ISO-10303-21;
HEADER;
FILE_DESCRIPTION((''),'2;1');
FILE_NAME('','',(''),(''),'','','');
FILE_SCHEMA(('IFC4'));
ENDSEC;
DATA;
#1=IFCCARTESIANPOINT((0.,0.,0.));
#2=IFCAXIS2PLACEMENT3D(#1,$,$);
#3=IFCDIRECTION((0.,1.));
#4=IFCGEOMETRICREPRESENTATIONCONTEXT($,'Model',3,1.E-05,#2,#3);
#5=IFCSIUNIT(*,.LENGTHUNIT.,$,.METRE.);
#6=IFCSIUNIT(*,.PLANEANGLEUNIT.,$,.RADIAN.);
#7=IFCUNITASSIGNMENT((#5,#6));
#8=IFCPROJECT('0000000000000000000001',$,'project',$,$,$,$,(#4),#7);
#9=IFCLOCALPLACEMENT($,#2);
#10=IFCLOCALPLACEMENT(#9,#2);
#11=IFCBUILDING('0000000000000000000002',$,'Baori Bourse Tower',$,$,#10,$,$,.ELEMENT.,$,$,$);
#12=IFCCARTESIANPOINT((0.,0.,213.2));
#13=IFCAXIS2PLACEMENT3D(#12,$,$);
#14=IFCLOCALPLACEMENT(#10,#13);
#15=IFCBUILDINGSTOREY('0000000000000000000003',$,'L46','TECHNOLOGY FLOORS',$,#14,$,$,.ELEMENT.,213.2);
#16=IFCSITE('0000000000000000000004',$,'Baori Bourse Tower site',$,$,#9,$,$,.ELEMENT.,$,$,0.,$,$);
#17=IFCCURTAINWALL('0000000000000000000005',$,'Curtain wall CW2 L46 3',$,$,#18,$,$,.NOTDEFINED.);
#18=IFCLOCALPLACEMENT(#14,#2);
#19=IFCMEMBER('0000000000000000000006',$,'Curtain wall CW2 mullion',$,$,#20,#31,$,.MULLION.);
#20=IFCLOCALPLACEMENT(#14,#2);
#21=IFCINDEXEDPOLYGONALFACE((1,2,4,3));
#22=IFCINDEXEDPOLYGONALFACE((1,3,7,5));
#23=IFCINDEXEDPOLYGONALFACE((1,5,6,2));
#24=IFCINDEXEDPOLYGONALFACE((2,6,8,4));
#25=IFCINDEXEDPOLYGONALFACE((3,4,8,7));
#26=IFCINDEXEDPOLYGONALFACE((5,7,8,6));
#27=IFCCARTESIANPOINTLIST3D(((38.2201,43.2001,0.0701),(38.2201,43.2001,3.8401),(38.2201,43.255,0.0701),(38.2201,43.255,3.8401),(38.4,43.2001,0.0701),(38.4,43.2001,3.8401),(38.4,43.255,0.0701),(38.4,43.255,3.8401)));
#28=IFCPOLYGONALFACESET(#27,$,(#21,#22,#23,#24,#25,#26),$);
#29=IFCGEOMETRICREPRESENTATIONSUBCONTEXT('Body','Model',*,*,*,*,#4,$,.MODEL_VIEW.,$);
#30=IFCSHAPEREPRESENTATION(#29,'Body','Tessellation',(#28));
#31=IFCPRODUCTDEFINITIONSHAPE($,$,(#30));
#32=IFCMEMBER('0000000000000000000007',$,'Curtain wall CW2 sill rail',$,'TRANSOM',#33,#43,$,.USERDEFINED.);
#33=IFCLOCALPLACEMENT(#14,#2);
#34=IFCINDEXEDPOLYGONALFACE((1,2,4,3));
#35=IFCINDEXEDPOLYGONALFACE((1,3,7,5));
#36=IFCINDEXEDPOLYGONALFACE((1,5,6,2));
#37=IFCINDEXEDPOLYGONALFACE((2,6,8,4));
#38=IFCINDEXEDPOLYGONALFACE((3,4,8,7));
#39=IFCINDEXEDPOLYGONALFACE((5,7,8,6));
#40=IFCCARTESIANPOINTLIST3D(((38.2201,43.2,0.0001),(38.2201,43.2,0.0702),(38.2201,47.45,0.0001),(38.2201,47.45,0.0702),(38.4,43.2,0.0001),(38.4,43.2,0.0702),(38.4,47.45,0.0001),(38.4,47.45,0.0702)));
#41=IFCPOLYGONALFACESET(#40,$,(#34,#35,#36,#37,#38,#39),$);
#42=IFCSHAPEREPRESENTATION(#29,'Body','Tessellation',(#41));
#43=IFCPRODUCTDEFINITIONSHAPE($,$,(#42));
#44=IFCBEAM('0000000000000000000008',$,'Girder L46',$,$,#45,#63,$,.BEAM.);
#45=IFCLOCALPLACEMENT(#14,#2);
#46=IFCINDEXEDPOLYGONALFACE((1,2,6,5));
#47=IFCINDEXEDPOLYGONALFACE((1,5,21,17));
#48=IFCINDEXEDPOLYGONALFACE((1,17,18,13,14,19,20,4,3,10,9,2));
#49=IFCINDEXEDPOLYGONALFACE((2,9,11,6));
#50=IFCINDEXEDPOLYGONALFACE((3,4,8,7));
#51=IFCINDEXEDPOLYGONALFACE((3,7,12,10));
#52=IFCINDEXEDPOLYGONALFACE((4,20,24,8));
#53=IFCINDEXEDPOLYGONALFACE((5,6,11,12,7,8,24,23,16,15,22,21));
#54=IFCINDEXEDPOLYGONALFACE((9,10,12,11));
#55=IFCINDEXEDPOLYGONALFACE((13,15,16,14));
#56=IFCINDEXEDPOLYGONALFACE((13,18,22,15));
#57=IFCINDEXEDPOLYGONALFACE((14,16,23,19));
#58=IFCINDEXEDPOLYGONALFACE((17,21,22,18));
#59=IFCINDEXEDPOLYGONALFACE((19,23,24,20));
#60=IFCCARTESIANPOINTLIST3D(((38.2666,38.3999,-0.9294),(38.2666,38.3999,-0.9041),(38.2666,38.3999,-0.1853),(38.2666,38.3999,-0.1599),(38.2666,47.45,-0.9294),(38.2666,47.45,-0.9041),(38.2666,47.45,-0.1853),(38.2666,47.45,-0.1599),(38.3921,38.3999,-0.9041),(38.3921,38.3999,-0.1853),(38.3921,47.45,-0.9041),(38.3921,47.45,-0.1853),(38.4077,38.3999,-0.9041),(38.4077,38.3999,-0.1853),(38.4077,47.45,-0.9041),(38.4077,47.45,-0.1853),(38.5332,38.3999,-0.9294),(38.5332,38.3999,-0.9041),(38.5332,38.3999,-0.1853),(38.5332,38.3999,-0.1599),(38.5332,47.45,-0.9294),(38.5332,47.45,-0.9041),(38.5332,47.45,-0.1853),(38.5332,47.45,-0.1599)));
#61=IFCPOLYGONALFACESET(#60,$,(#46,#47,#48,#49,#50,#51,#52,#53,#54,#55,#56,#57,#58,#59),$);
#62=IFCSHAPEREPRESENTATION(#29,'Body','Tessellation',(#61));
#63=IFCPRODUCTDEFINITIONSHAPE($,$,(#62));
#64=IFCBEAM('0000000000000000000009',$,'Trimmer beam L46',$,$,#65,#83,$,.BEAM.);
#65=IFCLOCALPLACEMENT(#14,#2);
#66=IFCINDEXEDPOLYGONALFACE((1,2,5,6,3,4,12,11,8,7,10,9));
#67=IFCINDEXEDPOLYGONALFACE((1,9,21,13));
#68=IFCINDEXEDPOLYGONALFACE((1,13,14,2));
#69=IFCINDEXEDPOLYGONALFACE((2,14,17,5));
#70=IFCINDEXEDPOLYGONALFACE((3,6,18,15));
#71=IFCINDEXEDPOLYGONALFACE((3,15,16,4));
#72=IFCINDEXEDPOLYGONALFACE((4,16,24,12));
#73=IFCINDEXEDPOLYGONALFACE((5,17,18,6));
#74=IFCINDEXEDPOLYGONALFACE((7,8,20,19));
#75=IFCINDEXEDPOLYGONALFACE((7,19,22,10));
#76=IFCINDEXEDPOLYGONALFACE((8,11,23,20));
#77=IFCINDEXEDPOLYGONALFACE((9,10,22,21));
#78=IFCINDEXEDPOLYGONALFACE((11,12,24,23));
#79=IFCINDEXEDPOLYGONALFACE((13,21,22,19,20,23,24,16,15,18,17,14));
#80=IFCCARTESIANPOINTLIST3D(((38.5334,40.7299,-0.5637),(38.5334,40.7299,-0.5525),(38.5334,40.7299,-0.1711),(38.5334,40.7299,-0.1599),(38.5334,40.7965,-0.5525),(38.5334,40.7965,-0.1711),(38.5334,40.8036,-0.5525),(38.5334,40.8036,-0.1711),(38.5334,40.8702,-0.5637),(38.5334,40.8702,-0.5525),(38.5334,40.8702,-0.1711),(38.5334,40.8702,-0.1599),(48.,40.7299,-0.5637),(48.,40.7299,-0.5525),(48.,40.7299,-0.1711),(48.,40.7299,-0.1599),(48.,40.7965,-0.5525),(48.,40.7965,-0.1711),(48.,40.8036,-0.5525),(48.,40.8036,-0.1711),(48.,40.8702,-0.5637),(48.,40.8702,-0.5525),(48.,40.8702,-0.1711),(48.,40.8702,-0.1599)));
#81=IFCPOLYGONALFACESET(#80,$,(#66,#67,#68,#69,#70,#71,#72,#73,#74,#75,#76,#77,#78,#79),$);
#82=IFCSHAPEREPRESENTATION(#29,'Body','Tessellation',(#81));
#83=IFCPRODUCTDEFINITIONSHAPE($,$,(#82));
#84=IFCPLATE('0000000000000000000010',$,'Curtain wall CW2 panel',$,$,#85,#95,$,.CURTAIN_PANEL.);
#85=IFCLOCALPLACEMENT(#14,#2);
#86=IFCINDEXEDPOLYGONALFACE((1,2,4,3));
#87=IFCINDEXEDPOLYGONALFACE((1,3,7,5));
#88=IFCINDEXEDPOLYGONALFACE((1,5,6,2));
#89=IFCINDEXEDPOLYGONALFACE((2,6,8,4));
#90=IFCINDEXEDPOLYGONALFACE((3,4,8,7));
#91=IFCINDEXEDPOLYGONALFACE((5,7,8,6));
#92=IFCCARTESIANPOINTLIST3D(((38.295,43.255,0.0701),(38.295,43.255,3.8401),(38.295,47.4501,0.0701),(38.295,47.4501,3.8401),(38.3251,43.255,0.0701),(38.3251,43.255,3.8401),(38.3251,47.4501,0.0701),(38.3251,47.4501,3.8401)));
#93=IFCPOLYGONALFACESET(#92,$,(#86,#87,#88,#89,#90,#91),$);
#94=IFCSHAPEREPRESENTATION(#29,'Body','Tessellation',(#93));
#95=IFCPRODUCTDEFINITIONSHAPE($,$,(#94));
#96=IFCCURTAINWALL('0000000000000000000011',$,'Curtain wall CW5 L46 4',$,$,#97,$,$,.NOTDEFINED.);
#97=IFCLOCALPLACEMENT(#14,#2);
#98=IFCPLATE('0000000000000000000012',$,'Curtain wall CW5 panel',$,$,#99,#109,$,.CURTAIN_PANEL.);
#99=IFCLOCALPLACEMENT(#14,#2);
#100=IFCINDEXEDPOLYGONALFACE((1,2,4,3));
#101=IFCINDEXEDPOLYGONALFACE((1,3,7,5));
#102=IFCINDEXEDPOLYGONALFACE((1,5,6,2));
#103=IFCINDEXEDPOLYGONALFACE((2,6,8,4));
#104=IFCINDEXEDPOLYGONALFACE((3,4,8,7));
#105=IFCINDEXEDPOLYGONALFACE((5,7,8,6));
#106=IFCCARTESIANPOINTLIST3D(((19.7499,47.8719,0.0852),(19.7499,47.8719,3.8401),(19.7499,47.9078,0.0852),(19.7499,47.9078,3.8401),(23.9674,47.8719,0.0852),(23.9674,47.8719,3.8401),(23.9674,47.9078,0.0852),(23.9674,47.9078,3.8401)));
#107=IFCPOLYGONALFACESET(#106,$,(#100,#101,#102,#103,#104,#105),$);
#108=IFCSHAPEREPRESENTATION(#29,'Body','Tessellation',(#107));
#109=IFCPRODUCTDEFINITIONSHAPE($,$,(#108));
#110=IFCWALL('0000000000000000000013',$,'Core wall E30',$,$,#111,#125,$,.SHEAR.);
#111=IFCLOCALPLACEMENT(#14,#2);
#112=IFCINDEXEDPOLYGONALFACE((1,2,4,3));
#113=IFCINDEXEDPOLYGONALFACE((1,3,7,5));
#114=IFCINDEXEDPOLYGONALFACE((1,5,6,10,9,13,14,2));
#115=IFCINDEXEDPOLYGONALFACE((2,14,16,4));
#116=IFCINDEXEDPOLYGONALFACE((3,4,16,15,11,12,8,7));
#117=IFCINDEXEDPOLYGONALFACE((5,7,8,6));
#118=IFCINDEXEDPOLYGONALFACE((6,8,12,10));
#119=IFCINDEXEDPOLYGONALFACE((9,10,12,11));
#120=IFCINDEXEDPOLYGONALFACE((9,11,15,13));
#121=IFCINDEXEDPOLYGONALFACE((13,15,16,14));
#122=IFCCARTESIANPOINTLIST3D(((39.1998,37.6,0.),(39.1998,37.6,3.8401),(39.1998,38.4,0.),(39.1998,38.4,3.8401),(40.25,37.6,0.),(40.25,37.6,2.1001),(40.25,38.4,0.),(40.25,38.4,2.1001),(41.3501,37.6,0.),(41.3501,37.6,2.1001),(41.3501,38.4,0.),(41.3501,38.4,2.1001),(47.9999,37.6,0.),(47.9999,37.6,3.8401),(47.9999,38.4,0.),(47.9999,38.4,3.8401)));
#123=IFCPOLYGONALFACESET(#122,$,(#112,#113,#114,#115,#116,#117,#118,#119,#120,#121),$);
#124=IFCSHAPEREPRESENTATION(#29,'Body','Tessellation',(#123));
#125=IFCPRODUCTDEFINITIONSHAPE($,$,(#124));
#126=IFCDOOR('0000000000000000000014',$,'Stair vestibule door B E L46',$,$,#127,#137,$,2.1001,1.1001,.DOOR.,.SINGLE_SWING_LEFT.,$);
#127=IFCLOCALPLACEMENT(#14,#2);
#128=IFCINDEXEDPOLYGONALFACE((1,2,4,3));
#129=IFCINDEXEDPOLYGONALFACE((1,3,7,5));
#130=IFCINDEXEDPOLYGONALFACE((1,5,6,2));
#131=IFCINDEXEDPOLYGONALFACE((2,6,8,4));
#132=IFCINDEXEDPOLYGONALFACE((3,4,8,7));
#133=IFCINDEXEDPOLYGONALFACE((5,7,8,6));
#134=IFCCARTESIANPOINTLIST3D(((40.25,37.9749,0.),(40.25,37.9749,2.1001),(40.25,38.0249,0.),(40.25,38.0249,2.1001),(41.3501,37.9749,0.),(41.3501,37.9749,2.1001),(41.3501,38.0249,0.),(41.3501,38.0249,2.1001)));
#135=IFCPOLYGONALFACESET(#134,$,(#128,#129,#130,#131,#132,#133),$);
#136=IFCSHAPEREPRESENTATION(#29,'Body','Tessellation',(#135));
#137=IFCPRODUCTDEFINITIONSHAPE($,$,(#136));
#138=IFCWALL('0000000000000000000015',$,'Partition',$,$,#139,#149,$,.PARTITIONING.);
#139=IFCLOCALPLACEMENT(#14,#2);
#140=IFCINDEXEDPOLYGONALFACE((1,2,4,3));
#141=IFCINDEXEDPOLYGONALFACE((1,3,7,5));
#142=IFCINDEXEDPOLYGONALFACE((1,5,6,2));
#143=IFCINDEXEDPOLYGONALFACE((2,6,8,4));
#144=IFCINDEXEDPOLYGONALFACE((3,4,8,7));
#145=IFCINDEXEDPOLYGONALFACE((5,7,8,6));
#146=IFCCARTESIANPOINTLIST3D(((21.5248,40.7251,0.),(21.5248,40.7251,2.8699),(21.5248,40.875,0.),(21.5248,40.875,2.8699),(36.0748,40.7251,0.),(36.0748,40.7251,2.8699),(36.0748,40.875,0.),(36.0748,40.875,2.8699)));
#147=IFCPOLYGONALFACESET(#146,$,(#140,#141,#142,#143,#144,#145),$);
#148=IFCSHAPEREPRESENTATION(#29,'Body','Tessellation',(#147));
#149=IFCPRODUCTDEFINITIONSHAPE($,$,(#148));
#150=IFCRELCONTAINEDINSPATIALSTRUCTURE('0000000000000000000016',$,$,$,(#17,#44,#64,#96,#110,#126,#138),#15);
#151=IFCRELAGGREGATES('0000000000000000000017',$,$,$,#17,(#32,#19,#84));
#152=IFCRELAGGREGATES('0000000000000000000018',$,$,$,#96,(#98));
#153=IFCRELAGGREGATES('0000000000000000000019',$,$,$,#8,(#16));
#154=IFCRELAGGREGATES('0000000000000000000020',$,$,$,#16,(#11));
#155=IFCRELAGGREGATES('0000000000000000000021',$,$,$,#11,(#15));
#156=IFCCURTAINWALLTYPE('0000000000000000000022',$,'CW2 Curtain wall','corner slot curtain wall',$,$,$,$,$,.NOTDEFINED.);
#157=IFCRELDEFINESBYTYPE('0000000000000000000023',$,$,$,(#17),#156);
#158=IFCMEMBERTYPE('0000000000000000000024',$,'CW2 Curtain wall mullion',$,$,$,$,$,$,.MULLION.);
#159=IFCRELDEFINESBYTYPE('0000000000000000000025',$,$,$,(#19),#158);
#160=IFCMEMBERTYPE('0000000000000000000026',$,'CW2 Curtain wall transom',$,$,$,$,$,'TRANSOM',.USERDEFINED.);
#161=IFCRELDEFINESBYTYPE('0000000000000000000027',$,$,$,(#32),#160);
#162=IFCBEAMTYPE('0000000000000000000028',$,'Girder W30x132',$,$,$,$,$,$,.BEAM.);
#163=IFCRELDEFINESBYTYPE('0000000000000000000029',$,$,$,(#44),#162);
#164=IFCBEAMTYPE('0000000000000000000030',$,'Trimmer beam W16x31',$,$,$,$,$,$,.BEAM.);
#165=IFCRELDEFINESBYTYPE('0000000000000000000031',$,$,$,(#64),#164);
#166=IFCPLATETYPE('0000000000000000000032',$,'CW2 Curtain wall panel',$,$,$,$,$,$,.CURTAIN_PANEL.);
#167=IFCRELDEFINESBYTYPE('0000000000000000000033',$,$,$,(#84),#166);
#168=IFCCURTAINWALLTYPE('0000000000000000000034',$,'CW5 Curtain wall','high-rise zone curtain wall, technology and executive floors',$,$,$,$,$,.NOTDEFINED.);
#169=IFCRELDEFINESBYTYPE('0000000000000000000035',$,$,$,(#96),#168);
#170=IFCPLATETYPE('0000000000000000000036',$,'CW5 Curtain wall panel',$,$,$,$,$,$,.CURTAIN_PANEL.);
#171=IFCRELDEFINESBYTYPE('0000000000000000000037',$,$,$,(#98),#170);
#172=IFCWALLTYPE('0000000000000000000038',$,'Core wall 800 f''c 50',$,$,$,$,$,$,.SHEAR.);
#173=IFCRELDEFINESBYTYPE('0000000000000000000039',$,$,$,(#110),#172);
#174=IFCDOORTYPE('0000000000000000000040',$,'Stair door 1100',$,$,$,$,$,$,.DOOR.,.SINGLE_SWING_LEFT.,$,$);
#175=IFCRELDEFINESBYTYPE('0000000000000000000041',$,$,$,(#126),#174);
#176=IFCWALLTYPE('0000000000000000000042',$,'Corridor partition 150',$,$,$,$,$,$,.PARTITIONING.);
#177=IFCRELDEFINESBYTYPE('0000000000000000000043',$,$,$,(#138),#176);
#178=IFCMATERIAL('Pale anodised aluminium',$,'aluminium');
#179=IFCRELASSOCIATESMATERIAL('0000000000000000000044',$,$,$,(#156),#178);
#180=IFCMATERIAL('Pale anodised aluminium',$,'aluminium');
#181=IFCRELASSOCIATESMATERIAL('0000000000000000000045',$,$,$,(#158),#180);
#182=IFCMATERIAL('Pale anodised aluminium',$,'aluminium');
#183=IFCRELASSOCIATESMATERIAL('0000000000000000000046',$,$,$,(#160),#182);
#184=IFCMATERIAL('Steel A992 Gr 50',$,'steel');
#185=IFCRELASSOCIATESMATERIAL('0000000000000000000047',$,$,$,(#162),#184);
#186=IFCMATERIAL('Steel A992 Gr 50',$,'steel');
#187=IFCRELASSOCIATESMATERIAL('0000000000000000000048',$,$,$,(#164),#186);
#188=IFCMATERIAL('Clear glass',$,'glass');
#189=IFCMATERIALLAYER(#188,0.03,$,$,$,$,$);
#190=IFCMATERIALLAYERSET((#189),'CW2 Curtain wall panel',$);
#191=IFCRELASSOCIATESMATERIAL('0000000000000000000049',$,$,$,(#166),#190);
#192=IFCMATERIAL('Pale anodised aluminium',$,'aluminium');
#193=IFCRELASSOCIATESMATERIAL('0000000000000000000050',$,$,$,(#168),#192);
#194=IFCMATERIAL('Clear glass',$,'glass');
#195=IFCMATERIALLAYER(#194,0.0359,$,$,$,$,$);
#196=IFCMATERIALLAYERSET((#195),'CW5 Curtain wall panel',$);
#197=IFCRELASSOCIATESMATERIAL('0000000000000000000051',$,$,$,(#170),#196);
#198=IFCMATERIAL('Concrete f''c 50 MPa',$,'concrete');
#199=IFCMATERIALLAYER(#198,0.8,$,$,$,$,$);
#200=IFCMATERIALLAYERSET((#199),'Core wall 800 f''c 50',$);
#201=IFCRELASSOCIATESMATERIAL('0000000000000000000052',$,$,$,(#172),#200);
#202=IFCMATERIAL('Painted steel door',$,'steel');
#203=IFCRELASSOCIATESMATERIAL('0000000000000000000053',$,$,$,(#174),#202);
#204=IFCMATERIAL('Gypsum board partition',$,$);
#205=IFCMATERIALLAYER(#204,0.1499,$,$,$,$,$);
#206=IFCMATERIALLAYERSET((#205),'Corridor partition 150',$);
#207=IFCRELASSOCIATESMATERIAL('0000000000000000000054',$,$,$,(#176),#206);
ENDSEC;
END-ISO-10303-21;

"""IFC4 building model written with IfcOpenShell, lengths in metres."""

from ifc_helpers import new_model, si_unit, direction, frame, frame_2d, origin, origin_2d, place, context, subcontext, project, spatial, rectangle, i_section, extrude, material, layer, layer_set, material_profile, profile_set, type_object, element, fill, aggregate, save


model = new_model("IFC4")

# Units and contexts
model_context = context("Model", 3, precision=1e-05, world=origin(), true_north=direction((0.0, 1.0)))
body_context = subcontext(model_context, "Body", "Model", "MODEL_VIEW")
ifc_project = project(units=[si_unit("LENGTHUNIT", "METRE"), si_unit("PLANEANGLEUNIT", "RADIAN")], contexts=[model_context])

# Site, building, storey
site_placement = place(None, origin())
site = spatial("IfcSite", under=ifc_project, at=site_placement, Name="Baori Bourse Tower site", CompositionType="ELEMENT", RefElevation=0.0)
building_placement = place(site_placement, origin())
building = spatial("IfcBuilding", under=site, at=building_placement, Name="Baori Bourse Tower", CompositionType="ELEMENT")
storey_placement = place(building_placement, frame((0.0, 0.0, 213.2)))
storey = spatial("IfcBuildingStorey", under=building, at=storey_placement, Name="L46", Description="TECHNOLOGY FLOORS", CompositionType="ELEMENT", Elevation=213.2)

# Curtain wall, members
ifc_material_1 = material(Name="Pale anodised aluminium", Category="aluminium")
curtain_wall_type_1 = type_object("IfcCurtainWallType", Name="CW2 Curtain wall", Description="corner slot curtain wall", PredefinedType="NOTDEFINED", material=ifc_material_1)
curtain_wall_1_placement = place(storey_placement, origin())
curtain_wall_1 = element("IfcCurtainWall", 1, at=curtain_wall_1_placement, inside=storey, type_object=curtain_wall_type_1, Name="Curtain wall CW2 L46 3", PredefinedType="NOTDEFINED")
ifc_material_2 = material(Name="Pale anodised aluminium", Category="aluminium")
ifc_material_profile_1 = material_profile(ifc_material_2, rectangle(XDim=0.1799, YDim=0.0549, at=origin_2d()), Name="Mullion 55x180")
ifc_profile_set_1 = profile_set([ifc_material_profile_1], Name="Pale anodised aluminium")
member_type_1 = type_object("IfcMemberType", Name="CW2 Curtain wall mullion", PredefinedType="MULLION", material=ifc_profile_set_1)
member_1_placement = place(storey_placement, frame((38.3101, 43.2275, 0.0701), z_axis=(0.0, 0.0, 1.0), x_axis=(-1.0, 0.0, 0.0)))
member_1 = element("IfcMember", 2, at=member_1_placement, type_object=member_type_1, Name="Curtain wall CW2 mullion", PredefinedType="MULLION", context=body_context, shape_type="SweptSolid", body=[
    extrude(rectangle(XDim=0.1799, YDim=0.0549, at=origin_2d()), origin(), (0.0, 0.0, 1.0), 3.77),
])
ifc_material_3 = material(Name="Pale anodised aluminium", Category="aluminium")
ifc_material_profile_2 = material_profile(ifc_material_3, rectangle(XDim=0.1799, YDim=0.0701, at=origin_2d()), Name="Transom 70x180")
ifc_profile_set_2 = profile_set([ifc_material_profile_2], Name="Pale anodised aluminium")
member_type_2 = type_object("IfcMemberType", Name="CW2 Curtain wall transom", ElementType="TRANSOM", PredefinedType="USERDEFINED", material=ifc_profile_set_2)
member_2_placement = place(storey_placement, frame((38.3101, 43.2, 0.0352), z_axis=(0.0, 1.0, 0.0), x_axis=(-1.0, 0.0, 0.0)))
member_2 = element("IfcMember", 3, at=member_2_placement, type_object=member_type_2, Name="Curtain wall CW2 sill rail", ObjectType="TRANSOM", PredefinedType="USERDEFINED", context=body_context, shape_type="SweptSolid", body=[
    extrude(rectangle(XDim=0.1799, YDim=0.0701, at=origin_2d()), origin(), (0.0, 0.0, 1.0), 4.25),
])

# Beams
ifc_material_4 = material(Name="Steel A992 Gr 50", Category="steel")
ifc_material_profile_3 = material_profile(ifc_material_4, i_section(OverallWidth=0.2666, OverallDepth=0.7695, WebThickness=0.0156, FlangeThickness=0.0254, at=origin_2d()), Name="W30x132")
ifc_profile_set_3 = profile_set([ifc_material_profile_3], Name="Steel A992 Gr 50")
beam_type_1 = type_object("IfcBeamType", Name="Girder W30x132", PredefinedType="BEAM", material=ifc_profile_set_3)
beam_1_placement = place(storey_placement, frame((38.3999, 38.3999, -0.5447), z_axis=(0.0, 1.0, 0.0), x_axis=(-1.0, 0.0, 0.0)))
element("IfcBeam", 4, at=beam_1_placement, inside=storey, type_object=beam_type_1, Name="Girder L46", PredefinedType="BEAM", context=body_context, shape_type="SweptSolid", body=[
    extrude(i_section(OverallWidth=0.2666, OverallDepth=0.7695, WebThickness=0.0156, FlangeThickness=0.0254, at=origin_2d()), origin(), (0.0, 0.0, 1.0), 9.05),
])
ifc_material_5 = material(Name="Steel A992 Gr 50", Category="steel")
ifc_material_profile_4 = material_profile(ifc_material_5, i_section(OverallWidth=0.1404, OverallDepth=0.4038, WebThickness=0.0071, FlangeThickness=0.0112, at=origin_2d()), Name="W16x31")
ifc_profile_set_4 = profile_set([ifc_material_profile_4], Name="Steel A992 Gr 50")
beam_type_2 = type_object("IfcBeamType", Name="Trimmer beam W16x31", PredefinedType="BEAM", material=ifc_profile_set_4)
beam_2_placement = place(storey_placement, frame((38.5334, 40.8, -0.3618), z_axis=(1.0, 0.0, 0.0), x_axis=(0.0, 1.0, 0.0)))
element("IfcBeam", 5, at=beam_2_placement, inside=storey, type_object=beam_type_2, Name="Trimmer beam L46", PredefinedType="BEAM", context=body_context, shape_type="SweptSolid", body=[
    extrude(i_section(OverallWidth=0.1404, OverallDepth=0.4038, WebThickness=0.0071, FlangeThickness=0.0112, at=origin_2d()), origin(), (0.0, 0.0, 1.0), 9.4666),
])

# Plate
ifc_material_6 = material(Name="Clear glass", Category="glass")
ifc_layer_1 = layer(ifc_material_6, 0.03)
ifc_layer_set_1 = layer_set([ifc_layer_1], Name="CW2 Curtain wall panel")
plate_type_1 = type_object("IfcPlateType", Name="CW2 Curtain wall panel", PredefinedType="CURTAIN_PANEL", material=ifc_layer_set_1)
plate_1_placement = place(storey_placement, frame((38.3101, 45.3525, 0.0701), z_axis=(0.0, 0.0, 1.0), x_axis=(0.0, 1.0, 0.0)))
plate_1 = element("IfcPlate", 6, at=plate_1_placement, type_object=plate_type_1, Name="Curtain wall CW2 panel", PredefinedType="CURTAIN_PANEL", context=body_context, shape_type="SweptSolid", body=[
    extrude(rectangle(XDim=4.1951, YDim=0.03, at=origin_2d()), origin(), (0.0, 0.0, 1.0), 3.77),
])
aggregate(curtain_wall_1, [member_2, member_1, plate_1])

# Curtain wall, plate
ifc_material_7 = material(Name="Pale anodised aluminium", Category="aluminium")
curtain_wall_type_2 = type_object("IfcCurtainWallType", Name="CW5 Curtain wall", Description="high-rise zone curtain wall, technology and executive floors", PredefinedType="NOTDEFINED", material=ifc_material_7)
curtain_wall_2_placement = place(storey_placement, origin())
curtain_wall_2 = element("IfcCurtainWall", 7, at=curtain_wall_2_placement, inside=storey, type_object=curtain_wall_type_2, Name="Curtain wall CW5 L46 4", PredefinedType="NOTDEFINED")
ifc_material_8 = material(Name="Clear glass", Category="glass")
ifc_layer_2 = layer(ifc_material_8, 0.0359)
ifc_layer_set_2 = layer_set([ifc_layer_2], Name="CW5 Curtain wall panel")
plate_type_2 = type_object("IfcPlateType", Name="CW5 Curtain wall panel", PredefinedType="CURTAIN_PANEL", material=ifc_layer_set_2)
plate_2_placement = place(storey_placement, frame((21.8586, 47.8899, 0.0852), z_axis=(0.0, 0.0, 1.0), x_axis=(-1.0, 0.0, 0.0)))
plate_2 = element("IfcPlate", 8, at=plate_2_placement, type_object=plate_type_2, Name="Curtain wall CW5 panel", PredefinedType="CURTAIN_PANEL", context=body_context, shape_type="SweptSolid", body=[
    extrude(rectangle(XDim=4.2175, YDim=0.0359, at=origin_2d()), origin(), (0.0, 0.0, 1.0), 3.7549),
])
aggregate(curtain_wall_2, [plate_2])

# Wall, opening, door
ifc_material_9 = material(Name="Concrete f'c 50 MPa", Category="concrete")
ifc_layer_3 = layer(ifc_material_9, 0.8)
ifc_layer_set_3 = layer_set([ifc_layer_3], Name="Core wall 800 f'c 50")
wall_type_1 = type_object("IfcWallType", Name="Core wall 800 f'c 50", PredefinedType="SHEAR", material=ifc_layer_set_3)
wall_1_placement = place(storey_placement, frame((39.2, 38.0, 0.0), z_axis=(0.0, 0.0, 1.0), x_axis=(1.0, 0.0, 0.0)))
wall_1 = element("IfcWall", 9, at=wall_1_placement, inside=storey, type_object=wall_type_1, Name="Core wall E30", PredefinedType="SHEAR", context=body_context, shape_type="SweptSolid", body=[
    extrude(rectangle(XDim=8.8, YDim=0.8, at=frame_2d((4.3999, 0.0))), origin(), (0.0, 0.0, 1.0), 3.8401),
])
opening_1_placement = place(wall_1_placement, frame((1.05, 0.0, 0.0)))
opening_1 = element("IfcOpeningElement", 10, at=opening_1_placement, cuts=wall_1, PredefinedType="OPENING", context=body_context, shape_type="SweptSolid", body=[
    extrude(rectangle(XDim=1.1001, YDim=2.1001, at=frame_2d((0.55, 1.05))), frame((0.0, 0.4099, 0.0), z_axis=(0.0, -1.0, 0.0), x_axis=(1.0, 0.0, 0.0)), (0.0, 0.0, 1.0), 0.8201),
])
ifc_material_10 = material(Name="Painted steel door", Category="steel")
door_type_1 = type_object("IfcDoorType", Name="Stair door 1100", OperationType="SINGLE_SWING_LEFT", PredefinedType="DOOR", material=ifc_material_10)
door_1_placement = place(opening_1_placement, origin())
door_1 = element("IfcDoor", 11, at=door_1_placement, inside=storey, type_object=door_type_1, Name="Stair vestibule door B E L46", OperationType="SINGLE_SWING_LEFT", OverallHeight=2.1001, OverallWidth=1.1001, PredefinedType="DOOR", context=body_context, shape_type="SweptSolid", body=[
    extrude(rectangle(XDim=1.1001, YDim=2.1001, at=frame_2d((0.55, 1.05))), frame((0.0, 0.0249, 0.0), z_axis=(0.0, -1.0, 0.0), x_axis=(1.0, 0.0, 0.0)), (0.0, 0.0, 1.0), 0.05),
])
fill(opening_1, door_1)

# Wall
ifc_material_11 = material(Name="Gypsum board partition")
ifc_layer_4 = layer(ifc_material_11, 0.1499)
ifc_layer_set_4 = layer_set([ifc_layer_4], Name="Corridor partition 150")
wall_type_2 = type_object("IfcWallType", Name="Corridor partition 150", PredefinedType="PARTITIONING", material=ifc_layer_set_4)
wall_2_placement = place(storey_placement, frame((21.5249, 40.8, 0.0), z_axis=(0.0, 0.0, 1.0), x_axis=(1.0, 0.0, 0.0)))
element("IfcWall", 12, at=wall_2_placement, inside=storey, type_object=wall_type_2, Name="Partition", PredefinedType="PARTITIONING", context=body_context, shape_type="SweptSolid", body=[
    extrude(rectangle(XDim=14.55, YDim=0.1499, at=frame_2d((7.2749, 0.0))), origin(), (0.0, 0.0, 1.0), 2.8699),
])

save(model, "model.ifc")
